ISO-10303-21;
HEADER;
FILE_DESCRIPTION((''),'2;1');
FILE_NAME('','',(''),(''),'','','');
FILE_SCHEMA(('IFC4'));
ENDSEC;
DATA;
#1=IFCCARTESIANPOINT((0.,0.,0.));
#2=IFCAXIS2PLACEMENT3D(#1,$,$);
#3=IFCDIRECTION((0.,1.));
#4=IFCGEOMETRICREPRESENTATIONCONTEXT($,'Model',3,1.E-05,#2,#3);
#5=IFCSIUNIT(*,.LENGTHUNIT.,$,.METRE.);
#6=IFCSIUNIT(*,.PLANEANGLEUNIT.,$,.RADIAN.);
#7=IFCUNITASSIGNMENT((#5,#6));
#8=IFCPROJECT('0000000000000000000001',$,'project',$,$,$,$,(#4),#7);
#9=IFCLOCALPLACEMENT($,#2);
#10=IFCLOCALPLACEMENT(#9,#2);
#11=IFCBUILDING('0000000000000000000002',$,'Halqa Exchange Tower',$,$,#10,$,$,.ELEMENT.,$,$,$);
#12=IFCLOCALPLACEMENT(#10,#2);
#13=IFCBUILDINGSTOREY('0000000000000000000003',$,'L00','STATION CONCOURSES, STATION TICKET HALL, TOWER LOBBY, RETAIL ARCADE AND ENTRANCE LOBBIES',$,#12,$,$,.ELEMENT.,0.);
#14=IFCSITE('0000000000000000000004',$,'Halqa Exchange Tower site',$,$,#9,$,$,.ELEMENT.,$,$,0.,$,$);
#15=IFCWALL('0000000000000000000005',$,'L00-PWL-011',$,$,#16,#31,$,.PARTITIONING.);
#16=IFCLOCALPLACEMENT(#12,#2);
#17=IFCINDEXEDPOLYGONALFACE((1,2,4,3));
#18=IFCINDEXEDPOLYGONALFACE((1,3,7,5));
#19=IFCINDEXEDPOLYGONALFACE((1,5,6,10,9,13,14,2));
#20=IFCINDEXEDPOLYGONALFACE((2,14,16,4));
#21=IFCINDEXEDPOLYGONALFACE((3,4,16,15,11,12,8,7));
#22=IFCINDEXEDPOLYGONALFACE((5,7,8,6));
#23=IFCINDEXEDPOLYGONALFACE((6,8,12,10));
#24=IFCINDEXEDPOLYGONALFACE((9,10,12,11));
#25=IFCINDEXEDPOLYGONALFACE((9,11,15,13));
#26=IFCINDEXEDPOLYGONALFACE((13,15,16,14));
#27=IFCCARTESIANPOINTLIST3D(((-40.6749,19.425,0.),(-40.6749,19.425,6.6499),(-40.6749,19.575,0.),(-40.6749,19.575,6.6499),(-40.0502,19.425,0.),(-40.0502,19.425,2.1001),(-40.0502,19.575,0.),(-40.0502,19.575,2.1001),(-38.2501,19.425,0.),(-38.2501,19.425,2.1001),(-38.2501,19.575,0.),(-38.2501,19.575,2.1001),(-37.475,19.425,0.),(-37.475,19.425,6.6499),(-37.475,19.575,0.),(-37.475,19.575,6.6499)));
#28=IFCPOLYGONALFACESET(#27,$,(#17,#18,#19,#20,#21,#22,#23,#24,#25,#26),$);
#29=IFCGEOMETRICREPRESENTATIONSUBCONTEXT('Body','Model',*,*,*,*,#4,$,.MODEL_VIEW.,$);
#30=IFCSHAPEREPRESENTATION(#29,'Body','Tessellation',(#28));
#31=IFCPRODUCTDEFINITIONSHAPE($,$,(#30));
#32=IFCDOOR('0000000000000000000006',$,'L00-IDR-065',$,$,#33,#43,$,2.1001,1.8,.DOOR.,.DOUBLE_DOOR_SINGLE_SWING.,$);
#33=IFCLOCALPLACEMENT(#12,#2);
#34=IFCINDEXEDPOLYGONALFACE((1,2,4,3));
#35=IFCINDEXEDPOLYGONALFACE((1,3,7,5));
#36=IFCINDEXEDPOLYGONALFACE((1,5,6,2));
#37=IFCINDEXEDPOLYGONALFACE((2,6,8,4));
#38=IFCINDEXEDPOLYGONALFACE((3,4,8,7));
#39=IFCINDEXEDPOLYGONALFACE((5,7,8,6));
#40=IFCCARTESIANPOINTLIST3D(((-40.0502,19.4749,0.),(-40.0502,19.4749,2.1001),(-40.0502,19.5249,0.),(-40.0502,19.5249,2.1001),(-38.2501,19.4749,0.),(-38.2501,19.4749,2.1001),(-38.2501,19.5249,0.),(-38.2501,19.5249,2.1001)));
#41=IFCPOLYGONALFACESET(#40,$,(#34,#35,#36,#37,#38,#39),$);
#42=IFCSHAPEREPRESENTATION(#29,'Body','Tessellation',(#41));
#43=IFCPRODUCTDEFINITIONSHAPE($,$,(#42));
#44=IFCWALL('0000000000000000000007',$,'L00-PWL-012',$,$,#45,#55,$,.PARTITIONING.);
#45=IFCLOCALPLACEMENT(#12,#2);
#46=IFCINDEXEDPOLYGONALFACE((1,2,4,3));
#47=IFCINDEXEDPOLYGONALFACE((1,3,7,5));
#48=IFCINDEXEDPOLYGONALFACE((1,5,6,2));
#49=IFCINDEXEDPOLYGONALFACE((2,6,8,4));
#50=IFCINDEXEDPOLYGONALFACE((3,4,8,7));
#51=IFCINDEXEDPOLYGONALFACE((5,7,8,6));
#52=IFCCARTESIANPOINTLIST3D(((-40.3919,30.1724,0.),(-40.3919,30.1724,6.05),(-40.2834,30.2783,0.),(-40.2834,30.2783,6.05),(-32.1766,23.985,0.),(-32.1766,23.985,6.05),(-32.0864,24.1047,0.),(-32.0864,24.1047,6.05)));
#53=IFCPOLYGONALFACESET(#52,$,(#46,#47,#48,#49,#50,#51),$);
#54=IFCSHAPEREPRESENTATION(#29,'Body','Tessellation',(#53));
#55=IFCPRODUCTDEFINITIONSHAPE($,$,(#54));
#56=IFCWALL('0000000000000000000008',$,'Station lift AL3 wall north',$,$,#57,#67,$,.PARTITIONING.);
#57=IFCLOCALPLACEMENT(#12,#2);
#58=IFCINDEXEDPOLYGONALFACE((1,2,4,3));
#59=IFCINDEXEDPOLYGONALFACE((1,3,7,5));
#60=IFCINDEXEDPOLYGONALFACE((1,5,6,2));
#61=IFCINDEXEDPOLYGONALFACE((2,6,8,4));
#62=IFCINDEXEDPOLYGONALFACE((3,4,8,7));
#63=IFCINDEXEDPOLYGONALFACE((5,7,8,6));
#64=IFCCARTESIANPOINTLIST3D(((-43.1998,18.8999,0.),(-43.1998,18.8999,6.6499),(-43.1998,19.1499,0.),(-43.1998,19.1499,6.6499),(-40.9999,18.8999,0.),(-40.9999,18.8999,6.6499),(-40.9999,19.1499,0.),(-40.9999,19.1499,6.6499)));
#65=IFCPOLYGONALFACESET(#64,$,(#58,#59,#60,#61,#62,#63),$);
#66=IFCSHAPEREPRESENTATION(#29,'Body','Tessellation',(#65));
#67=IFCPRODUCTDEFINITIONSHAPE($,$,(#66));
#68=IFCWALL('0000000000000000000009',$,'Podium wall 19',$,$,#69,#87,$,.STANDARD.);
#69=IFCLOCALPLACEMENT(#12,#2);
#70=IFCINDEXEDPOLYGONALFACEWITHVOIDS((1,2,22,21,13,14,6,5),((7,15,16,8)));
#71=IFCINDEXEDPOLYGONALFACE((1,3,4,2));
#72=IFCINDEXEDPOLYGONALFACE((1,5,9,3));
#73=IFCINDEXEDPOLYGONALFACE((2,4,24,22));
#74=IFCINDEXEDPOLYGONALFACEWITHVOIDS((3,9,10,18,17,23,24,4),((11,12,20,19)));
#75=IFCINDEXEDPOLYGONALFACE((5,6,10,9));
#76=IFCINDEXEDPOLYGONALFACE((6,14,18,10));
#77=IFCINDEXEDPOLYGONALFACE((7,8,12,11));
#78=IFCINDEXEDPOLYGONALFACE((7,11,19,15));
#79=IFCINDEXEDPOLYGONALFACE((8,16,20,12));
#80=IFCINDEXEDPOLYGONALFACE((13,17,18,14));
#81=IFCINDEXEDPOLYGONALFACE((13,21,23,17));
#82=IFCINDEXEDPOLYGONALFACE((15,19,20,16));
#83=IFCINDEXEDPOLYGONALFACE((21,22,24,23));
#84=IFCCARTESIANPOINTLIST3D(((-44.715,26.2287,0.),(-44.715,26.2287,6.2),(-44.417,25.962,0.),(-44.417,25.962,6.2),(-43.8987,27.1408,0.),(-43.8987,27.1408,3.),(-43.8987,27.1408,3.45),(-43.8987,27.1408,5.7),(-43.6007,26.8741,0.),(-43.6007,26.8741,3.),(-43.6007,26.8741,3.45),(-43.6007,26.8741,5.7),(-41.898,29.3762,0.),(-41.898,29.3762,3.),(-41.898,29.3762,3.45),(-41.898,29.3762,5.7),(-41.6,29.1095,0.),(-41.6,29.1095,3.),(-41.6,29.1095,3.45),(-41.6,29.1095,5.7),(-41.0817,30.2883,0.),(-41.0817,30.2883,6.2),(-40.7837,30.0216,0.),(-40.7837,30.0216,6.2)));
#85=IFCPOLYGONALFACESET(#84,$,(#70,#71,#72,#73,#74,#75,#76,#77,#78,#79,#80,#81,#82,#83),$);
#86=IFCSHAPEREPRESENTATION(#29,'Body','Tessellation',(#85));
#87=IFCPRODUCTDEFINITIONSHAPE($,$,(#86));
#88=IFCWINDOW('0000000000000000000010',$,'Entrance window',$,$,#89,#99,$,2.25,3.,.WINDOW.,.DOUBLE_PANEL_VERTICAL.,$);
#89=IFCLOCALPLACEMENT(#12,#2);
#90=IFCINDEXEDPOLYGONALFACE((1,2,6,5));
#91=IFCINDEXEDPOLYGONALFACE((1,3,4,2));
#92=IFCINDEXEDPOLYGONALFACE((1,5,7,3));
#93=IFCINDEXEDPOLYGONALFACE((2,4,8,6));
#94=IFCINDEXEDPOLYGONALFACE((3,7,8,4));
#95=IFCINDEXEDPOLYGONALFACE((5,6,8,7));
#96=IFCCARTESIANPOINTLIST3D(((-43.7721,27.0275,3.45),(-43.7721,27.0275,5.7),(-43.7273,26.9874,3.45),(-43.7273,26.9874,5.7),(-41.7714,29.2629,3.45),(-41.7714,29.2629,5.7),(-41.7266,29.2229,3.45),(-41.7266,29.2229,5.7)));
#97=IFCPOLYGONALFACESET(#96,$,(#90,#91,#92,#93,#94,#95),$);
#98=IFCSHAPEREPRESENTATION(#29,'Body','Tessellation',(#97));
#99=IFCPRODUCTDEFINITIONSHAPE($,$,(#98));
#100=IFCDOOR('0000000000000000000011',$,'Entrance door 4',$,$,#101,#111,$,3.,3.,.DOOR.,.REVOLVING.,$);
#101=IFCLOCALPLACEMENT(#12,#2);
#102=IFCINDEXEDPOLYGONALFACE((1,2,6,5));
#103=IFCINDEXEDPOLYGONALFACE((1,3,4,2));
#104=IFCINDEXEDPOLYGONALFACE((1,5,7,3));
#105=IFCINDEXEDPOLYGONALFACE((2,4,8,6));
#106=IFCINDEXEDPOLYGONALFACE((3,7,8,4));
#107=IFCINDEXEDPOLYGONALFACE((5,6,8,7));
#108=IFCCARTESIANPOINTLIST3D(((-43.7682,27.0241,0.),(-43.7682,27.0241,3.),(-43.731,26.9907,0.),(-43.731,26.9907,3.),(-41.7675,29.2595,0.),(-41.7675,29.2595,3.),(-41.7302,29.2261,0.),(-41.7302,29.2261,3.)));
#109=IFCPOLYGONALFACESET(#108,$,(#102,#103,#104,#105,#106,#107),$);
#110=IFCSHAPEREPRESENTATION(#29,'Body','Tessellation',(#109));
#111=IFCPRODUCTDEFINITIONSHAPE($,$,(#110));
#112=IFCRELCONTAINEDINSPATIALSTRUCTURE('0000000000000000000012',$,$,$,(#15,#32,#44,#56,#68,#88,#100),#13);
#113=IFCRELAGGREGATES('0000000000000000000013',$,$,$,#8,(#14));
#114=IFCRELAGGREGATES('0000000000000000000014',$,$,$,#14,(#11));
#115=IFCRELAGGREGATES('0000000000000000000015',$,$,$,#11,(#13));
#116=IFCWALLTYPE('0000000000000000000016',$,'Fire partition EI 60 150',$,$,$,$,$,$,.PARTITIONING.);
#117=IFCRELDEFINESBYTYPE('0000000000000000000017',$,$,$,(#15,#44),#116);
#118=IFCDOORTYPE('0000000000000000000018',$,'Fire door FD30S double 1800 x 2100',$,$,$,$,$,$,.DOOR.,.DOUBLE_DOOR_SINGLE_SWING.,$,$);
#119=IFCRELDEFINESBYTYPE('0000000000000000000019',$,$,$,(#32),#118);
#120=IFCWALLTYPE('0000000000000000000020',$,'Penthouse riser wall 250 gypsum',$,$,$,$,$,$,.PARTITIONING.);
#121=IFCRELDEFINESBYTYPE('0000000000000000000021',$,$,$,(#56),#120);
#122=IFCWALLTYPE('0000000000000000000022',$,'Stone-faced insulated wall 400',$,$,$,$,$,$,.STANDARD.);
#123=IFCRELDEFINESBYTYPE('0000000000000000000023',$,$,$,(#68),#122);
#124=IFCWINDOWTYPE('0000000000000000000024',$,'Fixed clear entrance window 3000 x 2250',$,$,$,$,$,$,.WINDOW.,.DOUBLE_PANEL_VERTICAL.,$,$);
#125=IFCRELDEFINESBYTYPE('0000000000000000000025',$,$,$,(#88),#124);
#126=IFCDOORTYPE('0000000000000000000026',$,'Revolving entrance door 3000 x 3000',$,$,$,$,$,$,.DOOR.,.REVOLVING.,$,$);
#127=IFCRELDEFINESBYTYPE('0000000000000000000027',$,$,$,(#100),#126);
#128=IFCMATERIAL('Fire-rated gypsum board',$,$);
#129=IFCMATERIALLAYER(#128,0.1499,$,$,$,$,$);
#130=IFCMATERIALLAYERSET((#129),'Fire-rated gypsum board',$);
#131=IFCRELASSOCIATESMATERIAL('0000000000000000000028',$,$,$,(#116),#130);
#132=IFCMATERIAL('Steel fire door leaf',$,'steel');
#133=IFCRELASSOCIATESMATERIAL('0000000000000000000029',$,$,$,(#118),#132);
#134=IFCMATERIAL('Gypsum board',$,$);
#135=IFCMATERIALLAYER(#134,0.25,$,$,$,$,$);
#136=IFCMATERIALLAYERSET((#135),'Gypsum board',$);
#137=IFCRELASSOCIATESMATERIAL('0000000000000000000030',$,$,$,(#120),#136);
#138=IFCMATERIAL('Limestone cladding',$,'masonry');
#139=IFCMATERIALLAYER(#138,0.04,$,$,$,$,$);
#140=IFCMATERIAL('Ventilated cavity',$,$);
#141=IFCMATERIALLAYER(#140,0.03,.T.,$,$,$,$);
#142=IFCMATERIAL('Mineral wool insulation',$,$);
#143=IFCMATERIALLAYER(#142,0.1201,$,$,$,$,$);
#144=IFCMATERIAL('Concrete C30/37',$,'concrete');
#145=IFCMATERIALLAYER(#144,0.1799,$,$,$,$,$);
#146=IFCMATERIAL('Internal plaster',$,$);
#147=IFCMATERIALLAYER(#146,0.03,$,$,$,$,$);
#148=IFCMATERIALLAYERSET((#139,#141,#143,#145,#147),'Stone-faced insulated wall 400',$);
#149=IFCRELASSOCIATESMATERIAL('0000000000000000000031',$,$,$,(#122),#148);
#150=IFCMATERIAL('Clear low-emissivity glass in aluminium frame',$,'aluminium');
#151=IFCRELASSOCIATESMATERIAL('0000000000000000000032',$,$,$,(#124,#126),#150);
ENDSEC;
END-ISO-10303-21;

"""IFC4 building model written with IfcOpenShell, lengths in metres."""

from ifc_helpers import new_model, si_unit, direction, frame, frame_2d, origin, place, context, subcontext, project, spatial, polyline, rectangle, outline, extrude, material, layer, layer_set, type_object, element, fill, save


model = new_model("IFC4")

# Units and contexts
model_context = context("Model", 3, precision=1e-05, world=origin(), true_north=direction((0.0, 1.0)))
body_context = subcontext(model_context, "Body", "Model", "MODEL_VIEW")
ifc_project = project(units=[si_unit("LENGTHUNIT", "METRE"), si_unit("PLANEANGLEUNIT", "RADIAN")], contexts=[model_context])

# Site, building, storey
site_placement = place(None, origin())
site = spatial("IfcSite", under=ifc_project, at=site_placement, Name="Halqa Exchange Tower site", CompositionType="ELEMENT", RefElevation=0.0)
building_placement = place(site_placement, origin())
building = spatial("IfcBuilding", under=site, at=building_placement, Name="Halqa Exchange Tower", CompositionType="ELEMENT")
storey_placement = place(building_placement, origin())
storey = spatial("IfcBuildingStorey", under=building, at=storey_placement, Name="L00", Description="STATION CONCOURSES, STATION TICKET HALL, TOWER LOBBY, RETAIL ARCADE AND ENTRANCE LOBBIES", CompositionType="ELEMENT", Elevation=0.0)

# Shared definitions
ifc_material_1 = material(Name="Fire-rated gypsum board")
ifc_layer_1 = layer(ifc_material_1, 0.1499)
ifc_layer_set_1 = layer_set([ifc_layer_1], Name="Fire-rated gypsum board")
wall_type_1 = type_object("IfcWallType", Name="Fire partition EI 60 150", PredefinedType="PARTITIONING", material=ifc_layer_set_1)

# Wall, opening, door
wall_1_placement = place(storey_placement, frame((-40.675, 19.5, 0.0), z_axis=(0.0, 0.0, 1.0), x_axis=(1.0, 0.0, 0.0)))
wall_1 = element("IfcWall", 1, at=wall_1_placement, inside=storey, type_object=wall_type_1, Name="L00-PWL-011", PredefinedType="PARTITIONING", context=body_context, shape_type="SweptSolid", body=[
    extrude(rectangle(XDim=3.2, YDim=0.1499, at=frame_2d((1.6001, 0.0))), origin(), (0.0, 0.0, 1.0), 6.6499),
])
opening_1_placement = place(wall_1_placement, frame((0.625, 0.0, 0.0)))
opening_1 = element("IfcOpeningElement", 2, at=opening_1_placement, cuts=wall_1, PredefinedType="OPENING", context=body_context, shape_type="SweptSolid", body=[
    extrude(rectangle(XDim=1.8, YDim=2.1001, at=frame_2d((0.8999, 1.05))), frame((0.0, 0.0869, 0.0), z_axis=(0.0, -1.0, 0.0), x_axis=(1.0, 0.0, 0.0)), (0.0, 0.0, 1.0), 0.1738),
])
ifc_material_2 = material(Name="Steel fire door leaf", Category="steel")
door_type_1 = type_object("IfcDoorType", Name="Fire door FD30S double 1800 x 2100", OperationType="DOUBLE_DOOR_SINGLE_SWING", PredefinedType="DOOR", material=ifc_material_2)
door_1_placement = place(opening_1_placement, origin())
door_1 = element("IfcDoor", 3, at=door_1_placement, inside=storey, type_object=door_type_1, Name="L00-IDR-065", OperationType="DOUBLE_DOOR_SINGLE_SWING", OverallHeight=2.1001, OverallWidth=1.8, PredefinedType="DOOR", context=body_context, shape_type="SweptSolid", body=[
    extrude(rectangle(XDim=1.8, YDim=2.1001, at=frame_2d((0.8999, 1.05))), frame((0.0, 0.0249, 0.0), z_axis=(0.0, -1.0, 0.0), x_axis=(1.0, 0.0, 0.0)), (0.0, 0.0, 1.0), 0.05),
])
fill(opening_1, door_1)

# Walls
wall_2_placement = place(storey_placement, frame((-40.3376, 30.2253, 0.0), z_axis=(0.0, 0.0, 1.0), x_axis=(0.798789, -0.601611, 0.0)))
element("IfcWall", 4, at=wall_2_placement, inside=storey, type_object=wall_type_1, Name="L00-PWL-012", PredefinedType="PARTITIONING", context=body_context, shape_type="SweptSolid", body=[
    extrude(outline(polyline([(-0.0115, -0.075), (10.2732, -0.075), (10.2732, 0.075), (0.0115, 0.075), (-0.0115, -0.075)])), origin(), (0.0, 0.0, 1.0), 6.05),
])
ifc_material_3 = material(Name="Gypsum board")
ifc_layer_2 = layer(ifc_material_3, 0.25)
ifc_layer_set_2 = layer_set([ifc_layer_2], Name="Gypsum board")
wall_type_2 = type_object("IfcWallType", Name="Penthouse riser wall 250 gypsum", PredefinedType="PARTITIONING", material=ifc_layer_set_2)
wall_3_placement = place(storey_placement, frame((-43.2, 19.0249, 0.0), z_axis=(0.0, 0.0, 1.0), x_axis=(1.0, 0.0, 0.0)))
element("IfcWall", 5, at=wall_3_placement, inside=storey, type_object=wall_type_2, Name="Station lift AL3 wall north", PredefinedType="PARTITIONING", context=body_context, shape_type="SweptSolid", body=[
    extrude(rectangle(XDim=2.2, YDim=0.25, at=frame_2d((1.1001, 0.0))), origin(), (0.0, 0.0, 1.0), 6.6499),
])

# Wall, openings, window, door
ifc_material_4 = material(Name="Limestone cladding", Category="masonry")
ifc_layer_3 = layer(ifc_material_4, 0.04)
ifc_material_5 = material(Name="Ventilated cavity")
ifc_layer_4 = layer(ifc_material_5, 0.03, ventilated=True)
ifc_material_6 = material(Name="Mineral wool insulation")
ifc_layer_5 = layer(ifc_material_6, 0.1201)
ifc_material_7 = material(Name="Concrete C30/37", Category="concrete")
ifc_layer_6 = layer(ifc_material_7, 0.1799)
ifc_material_8 = material(Name="Internal plaster")
ifc_layer_7 = layer(ifc_material_8, 0.03)
ifc_layer_set_3 = layer_set([ifc_layer_3, ifc_layer_4, ifc_layer_5, ifc_layer_6, ifc_layer_7], Name="Stone-faced insulated wall 400")
wall_type_3 = type_object("IfcWallType", Name="Stone-faced insulated wall 400", PredefinedType="STANDARD", material=ifc_layer_set_3)
wall_4_placement = place(storey_placement, frame((-40.9326, 30.155, 0.0), z_axis=(0.0, 0.0, 1.0), x_axis=(-0.666902, -0.745145, 0.0)))
wall_4 = element("IfcWall", 6, at=wall_4_placement, inside=storey, type_object=wall_type_3, Name="Podium wall 19", PredefinedType="STANDARD", context=body_context, shape_type="SweptSolid", body=[
    extrude(rectangle(XDim=5.448, YDim=0.3999, at=frame_2d((2.7241, 0.0))), origin(), (0.0, 0.0, 1.0), 6.2),
])
opening_2_placement = place(wall_4_placement, frame((1.2241, 0.0, 0.0)))
opening_2 = element("IfcOpeningElement", 7, at=opening_2_placement, cuts=wall_4, PredefinedType="OPENING", context=body_context, shape_type="SweptSolid", body=[
    extrude(rectangle(XDim=3.0, YDim=3.0, at=frame_2d((1.5, 1.5))), frame((0.0, 0.2119, 0.0), z_axis=(0.0, -1.0, 0.0), x_axis=(1.0, 0.0, 0.0)), (0.0, 0.0, 1.0), 0.4238),
])
opening_3_placement = place(wall_4_placement, frame((1.2241, 0.0, 3.45)))
opening_3 = element("IfcOpeningElement", 8, at=opening_3_placement, cuts=wall_4, PredefinedType="OPENING", context=body_context, shape_type="SweptSolid", body=[
    extrude(rectangle(XDim=3.0, YDim=2.25, at=frame_2d((1.5, 1.125))), frame((0.0, 0.2119, 0.0), z_axis=(0.0, -1.0, 0.0), x_axis=(1.0, 0.0, 0.0)), (0.0, 0.0, 1.0), 0.4238),
])
ifc_material_9 = material(Name="Clear low-emissivity glass in aluminium frame", Category="aluminium")
window_type = type_object("IfcWindowType", Name="Fixed clear entrance window 3000 x 2250", PartitioningType="DOUBLE_PANEL_VERTICAL", PredefinedType="WINDOW", material=ifc_material_9)
window_placement = place(opening_3_placement, origin())
window = element("IfcWindow", 9, at=window_placement, inside=storey, type_object=window_type, Name="Entrance window", OverallHeight=2.25, OverallWidth=3.0, PartitioningType="DOUBLE_PANEL_VERTICAL", PredefinedType="WINDOW", context=body_context, shape_type="SweptSolid", body=[
    extrude(rectangle(XDim=3.0, YDim=2.25, at=frame_2d((1.5, 1.125))), frame((0.0, 0.03, 0.0), z_axis=(0.0, -1.0, 0.0), x_axis=(1.0, 0.0, 0.0)), (0.0, 0.0, 1.0), 0.0601),
])
fill(opening_3, window)
door_type_2 = type_object("IfcDoorType", Name="Revolving entrance door 3000 x 3000", OperationType="REVOLVING", PredefinedType="DOOR", material=ifc_material_9)
door_2_placement = place(opening_2_placement, frame((3.0, 0.0, 0.0), z_axis=(0.0, 0.0, 1.0), x_axis=(-1.0, 0.0, 0.0)))
door_2 = element("IfcDoor", 10, at=door_2_placement, inside=storey, type_object=door_type_2, Name="Entrance door 4", OperationType="REVOLVING", OverallHeight=3.0, OverallWidth=3.0, PredefinedType="DOOR", context=body_context, shape_type="SweptSolid", body=[
    extrude(rectangle(XDim=3.0, YDim=3.0, at=frame_2d((1.5, 1.5))), frame((0.0, 0.0249, 0.0), z_axis=(0.0, -1.0, 0.0), x_axis=(1.0, 0.0, 0.0)), (0.0, 0.0, 1.0), 0.05),
])
fill(opening_2, door_2)

save(model, "model.ifc")
